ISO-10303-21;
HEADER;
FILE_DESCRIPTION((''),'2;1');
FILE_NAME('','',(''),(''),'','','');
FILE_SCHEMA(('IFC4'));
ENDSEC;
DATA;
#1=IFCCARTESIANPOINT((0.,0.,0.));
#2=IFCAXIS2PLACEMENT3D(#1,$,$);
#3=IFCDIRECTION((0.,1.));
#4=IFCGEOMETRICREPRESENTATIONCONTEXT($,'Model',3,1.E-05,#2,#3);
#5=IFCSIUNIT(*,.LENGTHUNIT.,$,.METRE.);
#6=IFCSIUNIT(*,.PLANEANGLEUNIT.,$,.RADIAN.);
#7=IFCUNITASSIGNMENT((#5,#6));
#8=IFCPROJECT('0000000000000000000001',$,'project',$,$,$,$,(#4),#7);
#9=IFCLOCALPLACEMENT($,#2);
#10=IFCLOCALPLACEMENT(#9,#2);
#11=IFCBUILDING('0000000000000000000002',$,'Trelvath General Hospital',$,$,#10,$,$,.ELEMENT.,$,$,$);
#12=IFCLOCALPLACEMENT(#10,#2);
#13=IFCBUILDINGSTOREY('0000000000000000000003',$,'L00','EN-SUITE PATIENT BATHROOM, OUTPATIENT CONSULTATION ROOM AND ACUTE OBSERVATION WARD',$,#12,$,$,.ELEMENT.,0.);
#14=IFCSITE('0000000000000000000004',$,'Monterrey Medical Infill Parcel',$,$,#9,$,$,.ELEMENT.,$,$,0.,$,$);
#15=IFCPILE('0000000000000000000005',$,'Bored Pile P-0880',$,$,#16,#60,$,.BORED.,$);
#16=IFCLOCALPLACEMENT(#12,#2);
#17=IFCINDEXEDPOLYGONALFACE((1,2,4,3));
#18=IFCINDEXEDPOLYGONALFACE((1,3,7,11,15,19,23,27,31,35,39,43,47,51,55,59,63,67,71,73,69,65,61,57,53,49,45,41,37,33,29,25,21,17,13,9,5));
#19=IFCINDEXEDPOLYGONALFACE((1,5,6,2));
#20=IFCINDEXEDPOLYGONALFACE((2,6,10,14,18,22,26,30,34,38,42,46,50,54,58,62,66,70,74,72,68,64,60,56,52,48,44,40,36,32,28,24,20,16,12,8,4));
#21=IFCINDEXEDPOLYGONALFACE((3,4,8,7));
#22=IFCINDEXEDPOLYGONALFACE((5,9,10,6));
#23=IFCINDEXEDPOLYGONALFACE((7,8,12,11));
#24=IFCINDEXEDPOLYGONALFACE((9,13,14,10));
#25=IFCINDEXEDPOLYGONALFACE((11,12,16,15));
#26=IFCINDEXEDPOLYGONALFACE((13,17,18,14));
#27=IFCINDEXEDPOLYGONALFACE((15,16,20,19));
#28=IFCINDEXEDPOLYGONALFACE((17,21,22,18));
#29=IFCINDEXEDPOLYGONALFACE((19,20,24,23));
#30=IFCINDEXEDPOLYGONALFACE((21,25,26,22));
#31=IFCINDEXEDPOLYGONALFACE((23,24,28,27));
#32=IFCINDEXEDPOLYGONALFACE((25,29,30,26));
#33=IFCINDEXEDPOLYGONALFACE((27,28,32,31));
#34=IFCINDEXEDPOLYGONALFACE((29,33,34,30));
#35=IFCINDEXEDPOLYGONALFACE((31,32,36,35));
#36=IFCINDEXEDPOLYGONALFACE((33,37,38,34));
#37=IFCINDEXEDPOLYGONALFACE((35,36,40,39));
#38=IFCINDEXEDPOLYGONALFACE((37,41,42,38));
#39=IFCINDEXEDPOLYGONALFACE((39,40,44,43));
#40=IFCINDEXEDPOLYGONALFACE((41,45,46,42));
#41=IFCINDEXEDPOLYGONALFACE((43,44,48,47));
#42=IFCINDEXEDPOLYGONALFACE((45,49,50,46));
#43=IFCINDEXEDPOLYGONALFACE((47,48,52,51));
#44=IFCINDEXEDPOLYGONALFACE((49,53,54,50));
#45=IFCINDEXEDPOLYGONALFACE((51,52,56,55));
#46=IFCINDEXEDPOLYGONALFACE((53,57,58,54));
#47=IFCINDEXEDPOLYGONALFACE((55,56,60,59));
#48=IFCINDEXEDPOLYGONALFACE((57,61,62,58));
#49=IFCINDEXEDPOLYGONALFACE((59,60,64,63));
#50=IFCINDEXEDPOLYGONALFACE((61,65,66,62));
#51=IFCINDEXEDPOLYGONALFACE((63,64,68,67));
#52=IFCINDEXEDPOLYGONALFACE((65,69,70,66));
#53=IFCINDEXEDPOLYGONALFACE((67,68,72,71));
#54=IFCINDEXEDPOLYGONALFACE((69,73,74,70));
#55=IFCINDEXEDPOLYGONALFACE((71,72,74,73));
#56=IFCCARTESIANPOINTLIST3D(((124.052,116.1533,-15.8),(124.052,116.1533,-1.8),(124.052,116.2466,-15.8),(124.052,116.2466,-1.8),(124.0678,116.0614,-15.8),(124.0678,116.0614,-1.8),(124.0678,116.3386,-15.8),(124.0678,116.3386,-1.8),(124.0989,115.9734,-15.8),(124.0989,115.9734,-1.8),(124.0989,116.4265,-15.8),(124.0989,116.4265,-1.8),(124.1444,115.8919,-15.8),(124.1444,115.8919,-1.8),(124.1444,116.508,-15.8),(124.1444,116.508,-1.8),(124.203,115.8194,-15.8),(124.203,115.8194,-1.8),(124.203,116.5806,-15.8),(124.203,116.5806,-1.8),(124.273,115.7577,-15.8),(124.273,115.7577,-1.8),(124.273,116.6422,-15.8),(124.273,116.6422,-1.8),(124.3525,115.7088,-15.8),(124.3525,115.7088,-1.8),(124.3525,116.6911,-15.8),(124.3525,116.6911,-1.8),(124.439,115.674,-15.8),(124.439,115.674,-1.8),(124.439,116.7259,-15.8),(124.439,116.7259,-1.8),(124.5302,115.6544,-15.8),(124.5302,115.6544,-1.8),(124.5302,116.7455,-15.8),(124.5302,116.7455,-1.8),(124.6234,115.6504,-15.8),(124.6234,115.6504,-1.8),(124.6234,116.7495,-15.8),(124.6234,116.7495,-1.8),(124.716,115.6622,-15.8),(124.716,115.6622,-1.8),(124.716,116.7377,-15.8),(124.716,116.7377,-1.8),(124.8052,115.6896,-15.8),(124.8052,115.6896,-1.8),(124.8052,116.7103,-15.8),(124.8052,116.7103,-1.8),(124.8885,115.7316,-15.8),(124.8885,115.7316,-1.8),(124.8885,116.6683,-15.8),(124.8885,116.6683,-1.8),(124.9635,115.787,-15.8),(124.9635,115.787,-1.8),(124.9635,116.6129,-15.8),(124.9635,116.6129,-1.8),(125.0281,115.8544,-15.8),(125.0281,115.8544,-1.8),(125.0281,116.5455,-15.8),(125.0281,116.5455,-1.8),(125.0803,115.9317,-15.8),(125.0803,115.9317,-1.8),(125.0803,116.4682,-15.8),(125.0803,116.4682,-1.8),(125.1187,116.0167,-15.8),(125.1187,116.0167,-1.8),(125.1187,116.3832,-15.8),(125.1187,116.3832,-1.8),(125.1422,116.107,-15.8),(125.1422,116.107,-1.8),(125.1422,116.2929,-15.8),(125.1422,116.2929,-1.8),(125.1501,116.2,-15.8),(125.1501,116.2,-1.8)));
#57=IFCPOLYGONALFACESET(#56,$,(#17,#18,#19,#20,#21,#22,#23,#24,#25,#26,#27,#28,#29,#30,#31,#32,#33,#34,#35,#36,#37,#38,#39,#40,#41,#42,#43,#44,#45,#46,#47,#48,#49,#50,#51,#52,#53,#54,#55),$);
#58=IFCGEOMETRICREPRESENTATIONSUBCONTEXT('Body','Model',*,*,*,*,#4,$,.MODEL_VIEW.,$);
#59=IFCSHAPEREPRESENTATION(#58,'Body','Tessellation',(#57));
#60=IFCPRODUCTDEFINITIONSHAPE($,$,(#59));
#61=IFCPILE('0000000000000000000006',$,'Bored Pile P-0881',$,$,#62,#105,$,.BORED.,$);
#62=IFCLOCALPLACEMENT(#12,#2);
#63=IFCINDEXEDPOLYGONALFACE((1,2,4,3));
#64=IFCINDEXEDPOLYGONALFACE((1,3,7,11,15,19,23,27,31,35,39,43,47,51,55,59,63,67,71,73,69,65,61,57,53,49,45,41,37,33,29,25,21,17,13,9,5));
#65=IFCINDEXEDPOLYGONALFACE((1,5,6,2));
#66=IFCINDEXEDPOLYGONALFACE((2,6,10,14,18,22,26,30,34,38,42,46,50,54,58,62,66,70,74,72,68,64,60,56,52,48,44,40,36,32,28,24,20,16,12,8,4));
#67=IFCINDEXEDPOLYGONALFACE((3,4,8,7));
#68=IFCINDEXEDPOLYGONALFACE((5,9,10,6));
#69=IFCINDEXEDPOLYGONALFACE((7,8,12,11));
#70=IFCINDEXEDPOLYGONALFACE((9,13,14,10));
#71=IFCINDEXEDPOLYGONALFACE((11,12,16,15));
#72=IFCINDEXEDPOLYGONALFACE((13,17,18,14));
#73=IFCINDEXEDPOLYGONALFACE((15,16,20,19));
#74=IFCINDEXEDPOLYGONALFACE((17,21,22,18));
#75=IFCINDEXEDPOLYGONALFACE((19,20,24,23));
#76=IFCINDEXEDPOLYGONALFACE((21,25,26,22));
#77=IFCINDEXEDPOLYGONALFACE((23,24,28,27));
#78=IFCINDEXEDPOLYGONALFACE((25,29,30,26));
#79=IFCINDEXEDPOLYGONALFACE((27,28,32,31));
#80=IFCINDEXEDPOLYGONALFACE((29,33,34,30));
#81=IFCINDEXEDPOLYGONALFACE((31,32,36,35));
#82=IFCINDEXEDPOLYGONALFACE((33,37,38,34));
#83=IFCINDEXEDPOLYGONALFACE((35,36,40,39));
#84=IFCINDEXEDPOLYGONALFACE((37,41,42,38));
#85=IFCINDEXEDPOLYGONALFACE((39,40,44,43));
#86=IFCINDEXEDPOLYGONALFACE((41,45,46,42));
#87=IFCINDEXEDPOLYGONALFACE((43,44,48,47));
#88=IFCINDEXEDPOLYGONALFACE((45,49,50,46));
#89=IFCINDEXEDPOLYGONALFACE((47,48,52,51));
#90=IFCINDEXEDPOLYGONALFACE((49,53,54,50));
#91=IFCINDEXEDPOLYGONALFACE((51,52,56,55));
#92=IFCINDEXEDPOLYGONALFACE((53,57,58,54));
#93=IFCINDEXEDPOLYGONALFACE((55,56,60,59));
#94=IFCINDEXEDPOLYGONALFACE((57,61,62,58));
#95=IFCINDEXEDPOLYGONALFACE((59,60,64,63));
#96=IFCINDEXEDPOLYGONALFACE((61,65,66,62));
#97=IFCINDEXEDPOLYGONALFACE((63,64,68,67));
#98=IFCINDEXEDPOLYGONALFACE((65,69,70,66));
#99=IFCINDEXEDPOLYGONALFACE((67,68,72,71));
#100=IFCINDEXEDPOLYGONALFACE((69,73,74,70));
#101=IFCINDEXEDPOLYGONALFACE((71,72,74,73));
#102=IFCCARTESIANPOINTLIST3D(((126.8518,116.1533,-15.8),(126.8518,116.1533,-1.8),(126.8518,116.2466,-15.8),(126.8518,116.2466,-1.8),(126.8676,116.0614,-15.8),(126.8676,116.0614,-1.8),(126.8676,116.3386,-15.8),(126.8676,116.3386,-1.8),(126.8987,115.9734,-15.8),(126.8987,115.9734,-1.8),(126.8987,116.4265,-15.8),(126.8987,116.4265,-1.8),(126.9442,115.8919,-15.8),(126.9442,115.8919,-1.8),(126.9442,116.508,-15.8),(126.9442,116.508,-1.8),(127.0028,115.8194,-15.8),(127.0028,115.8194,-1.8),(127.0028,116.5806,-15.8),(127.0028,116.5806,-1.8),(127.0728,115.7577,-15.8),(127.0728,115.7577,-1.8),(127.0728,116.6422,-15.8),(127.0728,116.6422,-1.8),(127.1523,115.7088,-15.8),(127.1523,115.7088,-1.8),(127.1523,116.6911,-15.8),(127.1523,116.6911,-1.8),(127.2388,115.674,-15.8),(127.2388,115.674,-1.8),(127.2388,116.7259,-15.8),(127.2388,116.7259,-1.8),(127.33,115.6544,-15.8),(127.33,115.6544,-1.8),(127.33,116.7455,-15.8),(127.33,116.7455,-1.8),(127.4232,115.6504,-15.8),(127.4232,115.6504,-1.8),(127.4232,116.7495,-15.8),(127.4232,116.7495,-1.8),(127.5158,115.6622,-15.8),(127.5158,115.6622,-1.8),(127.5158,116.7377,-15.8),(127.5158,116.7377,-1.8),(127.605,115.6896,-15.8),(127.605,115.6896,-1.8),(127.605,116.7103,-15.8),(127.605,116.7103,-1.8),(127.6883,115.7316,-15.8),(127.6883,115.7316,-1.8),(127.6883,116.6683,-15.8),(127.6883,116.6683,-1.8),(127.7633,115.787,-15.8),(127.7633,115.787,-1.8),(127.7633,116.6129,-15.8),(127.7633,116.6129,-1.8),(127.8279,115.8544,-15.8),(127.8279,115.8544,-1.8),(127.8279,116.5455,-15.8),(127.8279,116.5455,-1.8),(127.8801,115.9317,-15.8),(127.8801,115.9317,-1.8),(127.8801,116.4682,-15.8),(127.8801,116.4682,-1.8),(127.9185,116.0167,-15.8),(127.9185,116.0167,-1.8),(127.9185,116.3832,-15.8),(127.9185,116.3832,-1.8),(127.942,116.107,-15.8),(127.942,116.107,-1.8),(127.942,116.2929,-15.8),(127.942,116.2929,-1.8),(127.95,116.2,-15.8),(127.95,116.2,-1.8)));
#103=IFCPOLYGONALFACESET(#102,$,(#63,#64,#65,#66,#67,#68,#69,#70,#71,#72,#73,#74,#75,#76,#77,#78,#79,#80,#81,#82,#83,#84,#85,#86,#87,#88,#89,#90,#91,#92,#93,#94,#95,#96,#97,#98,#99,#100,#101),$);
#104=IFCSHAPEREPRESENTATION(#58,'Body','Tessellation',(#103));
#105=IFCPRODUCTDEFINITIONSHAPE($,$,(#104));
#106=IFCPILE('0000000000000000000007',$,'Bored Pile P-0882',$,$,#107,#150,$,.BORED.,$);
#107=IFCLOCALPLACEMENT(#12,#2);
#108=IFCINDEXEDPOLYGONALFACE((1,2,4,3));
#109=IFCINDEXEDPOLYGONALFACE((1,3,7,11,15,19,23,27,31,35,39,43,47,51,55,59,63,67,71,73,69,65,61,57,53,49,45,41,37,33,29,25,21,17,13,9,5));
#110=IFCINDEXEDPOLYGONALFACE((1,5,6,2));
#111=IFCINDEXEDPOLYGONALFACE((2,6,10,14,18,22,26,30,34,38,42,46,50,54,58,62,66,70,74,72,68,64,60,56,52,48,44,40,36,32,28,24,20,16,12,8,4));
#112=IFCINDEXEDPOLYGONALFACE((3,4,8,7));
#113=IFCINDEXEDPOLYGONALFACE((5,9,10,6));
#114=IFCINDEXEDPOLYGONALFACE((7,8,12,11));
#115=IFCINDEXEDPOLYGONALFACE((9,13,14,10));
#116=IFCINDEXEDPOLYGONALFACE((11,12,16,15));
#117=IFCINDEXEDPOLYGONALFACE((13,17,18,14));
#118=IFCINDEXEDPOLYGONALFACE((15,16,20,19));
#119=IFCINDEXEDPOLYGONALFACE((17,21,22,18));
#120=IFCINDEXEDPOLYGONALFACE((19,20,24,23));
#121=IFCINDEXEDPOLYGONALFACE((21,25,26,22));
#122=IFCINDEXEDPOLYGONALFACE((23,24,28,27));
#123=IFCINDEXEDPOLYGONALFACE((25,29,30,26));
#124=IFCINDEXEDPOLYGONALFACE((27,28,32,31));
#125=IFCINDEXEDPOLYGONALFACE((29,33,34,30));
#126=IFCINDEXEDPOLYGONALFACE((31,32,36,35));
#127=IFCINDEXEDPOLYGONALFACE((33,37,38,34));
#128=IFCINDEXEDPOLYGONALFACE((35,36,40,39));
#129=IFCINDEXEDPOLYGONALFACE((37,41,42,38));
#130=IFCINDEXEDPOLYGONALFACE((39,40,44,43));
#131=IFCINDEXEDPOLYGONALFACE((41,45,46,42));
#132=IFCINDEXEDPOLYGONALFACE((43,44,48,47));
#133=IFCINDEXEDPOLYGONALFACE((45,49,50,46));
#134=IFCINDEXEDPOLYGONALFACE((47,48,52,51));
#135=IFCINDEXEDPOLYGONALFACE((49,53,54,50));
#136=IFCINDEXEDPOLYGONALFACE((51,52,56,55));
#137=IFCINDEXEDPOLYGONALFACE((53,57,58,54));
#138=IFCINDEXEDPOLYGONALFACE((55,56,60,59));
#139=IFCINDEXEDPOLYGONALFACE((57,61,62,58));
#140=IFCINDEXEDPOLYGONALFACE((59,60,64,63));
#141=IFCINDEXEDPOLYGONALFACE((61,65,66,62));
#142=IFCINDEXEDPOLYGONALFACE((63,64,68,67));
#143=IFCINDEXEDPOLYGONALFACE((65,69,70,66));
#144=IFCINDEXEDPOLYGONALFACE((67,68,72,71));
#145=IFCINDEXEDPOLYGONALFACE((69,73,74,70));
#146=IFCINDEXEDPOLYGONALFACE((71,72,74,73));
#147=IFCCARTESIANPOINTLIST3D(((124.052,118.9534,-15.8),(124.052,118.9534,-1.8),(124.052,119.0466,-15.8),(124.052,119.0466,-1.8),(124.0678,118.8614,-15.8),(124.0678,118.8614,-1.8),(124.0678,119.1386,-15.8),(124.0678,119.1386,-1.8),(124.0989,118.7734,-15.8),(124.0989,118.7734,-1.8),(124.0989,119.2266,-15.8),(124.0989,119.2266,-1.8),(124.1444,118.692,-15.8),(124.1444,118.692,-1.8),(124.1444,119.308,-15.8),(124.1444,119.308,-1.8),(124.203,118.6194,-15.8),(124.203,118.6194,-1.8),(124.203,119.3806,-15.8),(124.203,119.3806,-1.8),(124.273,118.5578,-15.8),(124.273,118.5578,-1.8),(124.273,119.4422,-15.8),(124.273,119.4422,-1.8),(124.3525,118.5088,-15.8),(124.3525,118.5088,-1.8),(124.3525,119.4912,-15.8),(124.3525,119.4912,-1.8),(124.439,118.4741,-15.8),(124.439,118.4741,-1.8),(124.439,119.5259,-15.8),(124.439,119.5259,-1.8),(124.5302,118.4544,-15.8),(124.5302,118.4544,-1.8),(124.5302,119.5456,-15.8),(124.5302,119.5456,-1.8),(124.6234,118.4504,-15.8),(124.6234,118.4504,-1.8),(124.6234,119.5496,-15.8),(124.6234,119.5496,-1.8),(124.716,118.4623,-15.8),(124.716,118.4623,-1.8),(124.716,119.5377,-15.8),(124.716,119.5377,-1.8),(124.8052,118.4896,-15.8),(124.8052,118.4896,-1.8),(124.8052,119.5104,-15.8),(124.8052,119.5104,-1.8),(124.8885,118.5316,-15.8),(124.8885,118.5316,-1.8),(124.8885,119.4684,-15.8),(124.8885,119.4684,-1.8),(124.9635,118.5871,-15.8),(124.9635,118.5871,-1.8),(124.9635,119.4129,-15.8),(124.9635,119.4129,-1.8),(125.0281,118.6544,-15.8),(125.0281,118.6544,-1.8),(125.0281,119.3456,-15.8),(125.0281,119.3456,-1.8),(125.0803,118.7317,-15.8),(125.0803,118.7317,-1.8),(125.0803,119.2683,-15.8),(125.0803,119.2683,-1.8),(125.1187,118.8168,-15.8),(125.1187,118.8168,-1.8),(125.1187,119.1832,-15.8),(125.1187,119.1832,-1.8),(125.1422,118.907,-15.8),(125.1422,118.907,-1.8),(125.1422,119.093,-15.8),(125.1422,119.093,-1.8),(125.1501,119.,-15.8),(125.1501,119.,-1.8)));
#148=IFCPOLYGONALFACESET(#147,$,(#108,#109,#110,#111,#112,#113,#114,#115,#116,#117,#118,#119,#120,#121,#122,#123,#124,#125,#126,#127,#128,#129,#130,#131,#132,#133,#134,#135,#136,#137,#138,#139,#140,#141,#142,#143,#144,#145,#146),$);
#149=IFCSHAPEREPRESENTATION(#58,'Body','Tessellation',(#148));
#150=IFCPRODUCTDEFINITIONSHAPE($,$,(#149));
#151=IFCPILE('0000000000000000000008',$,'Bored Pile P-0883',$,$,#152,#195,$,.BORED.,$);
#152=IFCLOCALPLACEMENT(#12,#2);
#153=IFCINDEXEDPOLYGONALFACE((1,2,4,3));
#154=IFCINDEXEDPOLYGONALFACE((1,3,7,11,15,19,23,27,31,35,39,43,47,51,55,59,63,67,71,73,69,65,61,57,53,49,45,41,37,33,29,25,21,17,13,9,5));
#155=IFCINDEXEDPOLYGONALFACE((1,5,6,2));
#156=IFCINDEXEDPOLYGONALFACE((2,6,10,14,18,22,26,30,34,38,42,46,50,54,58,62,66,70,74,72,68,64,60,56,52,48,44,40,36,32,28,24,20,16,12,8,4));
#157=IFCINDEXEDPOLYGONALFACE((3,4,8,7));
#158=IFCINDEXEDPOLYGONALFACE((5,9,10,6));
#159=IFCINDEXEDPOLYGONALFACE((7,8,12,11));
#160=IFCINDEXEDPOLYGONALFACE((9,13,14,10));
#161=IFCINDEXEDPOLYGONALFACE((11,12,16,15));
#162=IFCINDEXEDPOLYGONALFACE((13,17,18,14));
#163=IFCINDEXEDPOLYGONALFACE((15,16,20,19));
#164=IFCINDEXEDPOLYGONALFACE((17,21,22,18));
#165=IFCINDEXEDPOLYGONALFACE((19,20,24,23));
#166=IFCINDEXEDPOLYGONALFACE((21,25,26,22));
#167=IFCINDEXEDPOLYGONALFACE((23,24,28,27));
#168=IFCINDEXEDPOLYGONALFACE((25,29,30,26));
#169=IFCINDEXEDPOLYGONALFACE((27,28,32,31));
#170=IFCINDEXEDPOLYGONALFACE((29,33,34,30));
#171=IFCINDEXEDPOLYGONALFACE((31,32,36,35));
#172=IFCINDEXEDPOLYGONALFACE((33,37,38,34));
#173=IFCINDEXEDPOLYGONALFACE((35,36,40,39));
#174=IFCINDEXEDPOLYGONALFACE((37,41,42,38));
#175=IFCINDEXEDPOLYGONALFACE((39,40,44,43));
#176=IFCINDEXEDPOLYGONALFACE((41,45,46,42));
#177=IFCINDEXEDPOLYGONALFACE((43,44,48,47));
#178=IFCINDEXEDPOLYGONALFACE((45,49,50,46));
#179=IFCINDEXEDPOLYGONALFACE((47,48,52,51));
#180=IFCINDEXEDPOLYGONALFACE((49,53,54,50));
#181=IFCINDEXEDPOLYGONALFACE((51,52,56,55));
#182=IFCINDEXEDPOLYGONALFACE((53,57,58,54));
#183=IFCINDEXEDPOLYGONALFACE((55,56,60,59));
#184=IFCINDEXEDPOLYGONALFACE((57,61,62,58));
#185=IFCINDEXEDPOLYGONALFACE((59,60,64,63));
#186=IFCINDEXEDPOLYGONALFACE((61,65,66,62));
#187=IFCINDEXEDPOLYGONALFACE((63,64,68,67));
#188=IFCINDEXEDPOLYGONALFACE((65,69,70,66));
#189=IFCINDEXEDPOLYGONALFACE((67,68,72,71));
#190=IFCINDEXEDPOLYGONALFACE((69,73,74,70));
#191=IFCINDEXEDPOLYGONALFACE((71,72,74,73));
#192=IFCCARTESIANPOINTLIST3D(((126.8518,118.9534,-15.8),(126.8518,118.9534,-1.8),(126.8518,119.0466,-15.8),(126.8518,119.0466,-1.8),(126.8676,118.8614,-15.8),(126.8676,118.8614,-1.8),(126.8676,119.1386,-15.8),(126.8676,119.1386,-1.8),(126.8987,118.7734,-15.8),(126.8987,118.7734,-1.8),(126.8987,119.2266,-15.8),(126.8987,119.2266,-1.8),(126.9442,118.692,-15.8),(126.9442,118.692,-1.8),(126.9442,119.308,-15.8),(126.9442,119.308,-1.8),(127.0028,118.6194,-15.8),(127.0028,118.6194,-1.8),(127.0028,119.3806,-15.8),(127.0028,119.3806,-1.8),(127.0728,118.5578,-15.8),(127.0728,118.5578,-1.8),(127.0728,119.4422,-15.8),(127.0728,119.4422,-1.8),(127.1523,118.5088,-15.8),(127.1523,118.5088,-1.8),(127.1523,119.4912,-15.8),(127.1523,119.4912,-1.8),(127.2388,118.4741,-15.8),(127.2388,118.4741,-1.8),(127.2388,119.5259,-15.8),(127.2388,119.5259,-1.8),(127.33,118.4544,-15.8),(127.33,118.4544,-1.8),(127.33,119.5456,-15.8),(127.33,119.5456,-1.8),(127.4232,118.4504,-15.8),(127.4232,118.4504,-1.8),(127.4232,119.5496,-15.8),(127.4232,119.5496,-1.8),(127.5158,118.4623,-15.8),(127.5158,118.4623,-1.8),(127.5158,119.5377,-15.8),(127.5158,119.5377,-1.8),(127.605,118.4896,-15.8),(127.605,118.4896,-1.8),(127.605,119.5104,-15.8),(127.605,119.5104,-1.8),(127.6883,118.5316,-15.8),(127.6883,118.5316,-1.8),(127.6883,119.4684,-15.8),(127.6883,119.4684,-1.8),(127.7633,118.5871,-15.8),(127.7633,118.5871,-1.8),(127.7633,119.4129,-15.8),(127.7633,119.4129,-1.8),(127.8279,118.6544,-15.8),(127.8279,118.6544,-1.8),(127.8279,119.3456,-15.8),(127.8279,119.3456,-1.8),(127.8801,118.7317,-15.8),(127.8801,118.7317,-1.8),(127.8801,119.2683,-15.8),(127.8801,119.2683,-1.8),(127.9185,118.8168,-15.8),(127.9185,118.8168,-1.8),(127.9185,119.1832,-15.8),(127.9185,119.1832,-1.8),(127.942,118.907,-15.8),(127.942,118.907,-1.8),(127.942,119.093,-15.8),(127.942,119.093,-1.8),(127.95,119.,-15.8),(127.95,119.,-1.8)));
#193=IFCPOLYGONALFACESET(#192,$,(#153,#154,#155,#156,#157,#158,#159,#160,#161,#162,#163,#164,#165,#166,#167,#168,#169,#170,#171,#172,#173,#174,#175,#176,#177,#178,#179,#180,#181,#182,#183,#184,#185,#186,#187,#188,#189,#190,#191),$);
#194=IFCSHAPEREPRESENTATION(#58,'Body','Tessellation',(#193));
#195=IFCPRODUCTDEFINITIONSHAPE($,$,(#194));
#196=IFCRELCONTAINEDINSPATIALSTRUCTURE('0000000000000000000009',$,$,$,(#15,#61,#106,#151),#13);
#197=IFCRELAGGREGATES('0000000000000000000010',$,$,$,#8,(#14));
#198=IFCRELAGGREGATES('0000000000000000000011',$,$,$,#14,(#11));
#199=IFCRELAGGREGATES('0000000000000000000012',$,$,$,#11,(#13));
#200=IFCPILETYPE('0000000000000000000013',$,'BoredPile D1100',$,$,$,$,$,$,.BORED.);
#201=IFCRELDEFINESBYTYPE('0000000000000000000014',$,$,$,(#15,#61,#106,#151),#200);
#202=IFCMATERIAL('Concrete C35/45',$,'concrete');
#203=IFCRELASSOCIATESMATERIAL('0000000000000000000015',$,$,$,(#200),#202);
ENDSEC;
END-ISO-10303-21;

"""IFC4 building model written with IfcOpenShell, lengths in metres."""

from ifc_helpers import new_model, si_unit, direction, frame, origin, origin_2d, place, context, subcontext, project, spatial, circle, extrude, material, material_profile, profile_set, type_object, element, save


model = new_model("IFC4")

# Units and contexts
model_context = context("Model", 3, precision=1e-05, world=origin(), true_north=direction((0.0, 1.0)))
body_context = subcontext(model_context, "Body", "Model", "MODEL_VIEW")
ifc_project = project(units=[si_unit("LENGTHUNIT", "METRE"), si_unit("PLANEANGLEUNIT", "RADIAN")], contexts=[model_context])

# Site, building, storey
site_placement = place(None, origin())
site = spatial("IfcSite", under=ifc_project, at=site_placement, Name="Monterrey Medical Infill Parcel", CompositionType="ELEMENT", RefElevation=0.0)
building_placement = place(site_placement, origin())
building = spatial("IfcBuilding", under=site, at=building_placement, Name="Trelvath General Hospital", CompositionType="ELEMENT")
storey_placement = place(building_placement, origin())
storey = spatial("IfcBuildingStorey", under=building, at=storey_placement, Name="L00", Description="EN-SUITE PATIENT BATHROOM, OUTPATIENT CONSULTATION ROOM AND ACUTE OBSERVATION WARD", CompositionType="ELEMENT", Elevation=0.0)

# Piles
ifc_material_1 = material(Name="Concrete C35/45", Category="concrete")
ifc_material_profile_1 = material_profile(ifc_material_1, circle(Radius=0.55, at=origin_2d()), Name="PILE1100")
ifc_profile_set_1 = profile_set([ifc_material_profile_1], Name="Concrete C35/45")
pile_type_1 = type_object("IfcPileType", Name="BoredPile D1100", PredefinedType="BORED", material=ifc_profile_set_1)
for number, where, z_axis, x_axis, name in (
    (1, (124.6001, 116.2, -1.8), (0.0, 0.0, -1.0), (1.0, 0.0, 0.0), "Bored Pile P-0880"),
    (2, (127.3999, 116.2, -1.8), (0.0, 0.0, -1.0), (1.0, 0.0, 0.0), "Bored Pile P-0881"),
    (3, (124.6001, 119.0, -1.8), (0.0, 0.0, -1.0), (1.0, 0.0, 0.0), "Bored Pile P-0882"),
    (4, (127.3999, 119.0, -1.8), (0.0, 0.0, -1.0), (1.0, 0.0, 0.0), "Bored Pile P-0883"),
):
    element("IfcPile", number, at=place(storey_placement, frame(where, z_axis=z_axis, x_axis=x_axis)), inside=storey, type_object=pile_type_1, Name=name, PredefinedType="BORED", context=body_context, shape_type="SweptSolid", body=[
        extrude(circle(Radius=0.55, at=origin_2d()), origin(), (0.0, 0.0, 1.0), 14.0),
    ])

save(model, "model.ifc")
